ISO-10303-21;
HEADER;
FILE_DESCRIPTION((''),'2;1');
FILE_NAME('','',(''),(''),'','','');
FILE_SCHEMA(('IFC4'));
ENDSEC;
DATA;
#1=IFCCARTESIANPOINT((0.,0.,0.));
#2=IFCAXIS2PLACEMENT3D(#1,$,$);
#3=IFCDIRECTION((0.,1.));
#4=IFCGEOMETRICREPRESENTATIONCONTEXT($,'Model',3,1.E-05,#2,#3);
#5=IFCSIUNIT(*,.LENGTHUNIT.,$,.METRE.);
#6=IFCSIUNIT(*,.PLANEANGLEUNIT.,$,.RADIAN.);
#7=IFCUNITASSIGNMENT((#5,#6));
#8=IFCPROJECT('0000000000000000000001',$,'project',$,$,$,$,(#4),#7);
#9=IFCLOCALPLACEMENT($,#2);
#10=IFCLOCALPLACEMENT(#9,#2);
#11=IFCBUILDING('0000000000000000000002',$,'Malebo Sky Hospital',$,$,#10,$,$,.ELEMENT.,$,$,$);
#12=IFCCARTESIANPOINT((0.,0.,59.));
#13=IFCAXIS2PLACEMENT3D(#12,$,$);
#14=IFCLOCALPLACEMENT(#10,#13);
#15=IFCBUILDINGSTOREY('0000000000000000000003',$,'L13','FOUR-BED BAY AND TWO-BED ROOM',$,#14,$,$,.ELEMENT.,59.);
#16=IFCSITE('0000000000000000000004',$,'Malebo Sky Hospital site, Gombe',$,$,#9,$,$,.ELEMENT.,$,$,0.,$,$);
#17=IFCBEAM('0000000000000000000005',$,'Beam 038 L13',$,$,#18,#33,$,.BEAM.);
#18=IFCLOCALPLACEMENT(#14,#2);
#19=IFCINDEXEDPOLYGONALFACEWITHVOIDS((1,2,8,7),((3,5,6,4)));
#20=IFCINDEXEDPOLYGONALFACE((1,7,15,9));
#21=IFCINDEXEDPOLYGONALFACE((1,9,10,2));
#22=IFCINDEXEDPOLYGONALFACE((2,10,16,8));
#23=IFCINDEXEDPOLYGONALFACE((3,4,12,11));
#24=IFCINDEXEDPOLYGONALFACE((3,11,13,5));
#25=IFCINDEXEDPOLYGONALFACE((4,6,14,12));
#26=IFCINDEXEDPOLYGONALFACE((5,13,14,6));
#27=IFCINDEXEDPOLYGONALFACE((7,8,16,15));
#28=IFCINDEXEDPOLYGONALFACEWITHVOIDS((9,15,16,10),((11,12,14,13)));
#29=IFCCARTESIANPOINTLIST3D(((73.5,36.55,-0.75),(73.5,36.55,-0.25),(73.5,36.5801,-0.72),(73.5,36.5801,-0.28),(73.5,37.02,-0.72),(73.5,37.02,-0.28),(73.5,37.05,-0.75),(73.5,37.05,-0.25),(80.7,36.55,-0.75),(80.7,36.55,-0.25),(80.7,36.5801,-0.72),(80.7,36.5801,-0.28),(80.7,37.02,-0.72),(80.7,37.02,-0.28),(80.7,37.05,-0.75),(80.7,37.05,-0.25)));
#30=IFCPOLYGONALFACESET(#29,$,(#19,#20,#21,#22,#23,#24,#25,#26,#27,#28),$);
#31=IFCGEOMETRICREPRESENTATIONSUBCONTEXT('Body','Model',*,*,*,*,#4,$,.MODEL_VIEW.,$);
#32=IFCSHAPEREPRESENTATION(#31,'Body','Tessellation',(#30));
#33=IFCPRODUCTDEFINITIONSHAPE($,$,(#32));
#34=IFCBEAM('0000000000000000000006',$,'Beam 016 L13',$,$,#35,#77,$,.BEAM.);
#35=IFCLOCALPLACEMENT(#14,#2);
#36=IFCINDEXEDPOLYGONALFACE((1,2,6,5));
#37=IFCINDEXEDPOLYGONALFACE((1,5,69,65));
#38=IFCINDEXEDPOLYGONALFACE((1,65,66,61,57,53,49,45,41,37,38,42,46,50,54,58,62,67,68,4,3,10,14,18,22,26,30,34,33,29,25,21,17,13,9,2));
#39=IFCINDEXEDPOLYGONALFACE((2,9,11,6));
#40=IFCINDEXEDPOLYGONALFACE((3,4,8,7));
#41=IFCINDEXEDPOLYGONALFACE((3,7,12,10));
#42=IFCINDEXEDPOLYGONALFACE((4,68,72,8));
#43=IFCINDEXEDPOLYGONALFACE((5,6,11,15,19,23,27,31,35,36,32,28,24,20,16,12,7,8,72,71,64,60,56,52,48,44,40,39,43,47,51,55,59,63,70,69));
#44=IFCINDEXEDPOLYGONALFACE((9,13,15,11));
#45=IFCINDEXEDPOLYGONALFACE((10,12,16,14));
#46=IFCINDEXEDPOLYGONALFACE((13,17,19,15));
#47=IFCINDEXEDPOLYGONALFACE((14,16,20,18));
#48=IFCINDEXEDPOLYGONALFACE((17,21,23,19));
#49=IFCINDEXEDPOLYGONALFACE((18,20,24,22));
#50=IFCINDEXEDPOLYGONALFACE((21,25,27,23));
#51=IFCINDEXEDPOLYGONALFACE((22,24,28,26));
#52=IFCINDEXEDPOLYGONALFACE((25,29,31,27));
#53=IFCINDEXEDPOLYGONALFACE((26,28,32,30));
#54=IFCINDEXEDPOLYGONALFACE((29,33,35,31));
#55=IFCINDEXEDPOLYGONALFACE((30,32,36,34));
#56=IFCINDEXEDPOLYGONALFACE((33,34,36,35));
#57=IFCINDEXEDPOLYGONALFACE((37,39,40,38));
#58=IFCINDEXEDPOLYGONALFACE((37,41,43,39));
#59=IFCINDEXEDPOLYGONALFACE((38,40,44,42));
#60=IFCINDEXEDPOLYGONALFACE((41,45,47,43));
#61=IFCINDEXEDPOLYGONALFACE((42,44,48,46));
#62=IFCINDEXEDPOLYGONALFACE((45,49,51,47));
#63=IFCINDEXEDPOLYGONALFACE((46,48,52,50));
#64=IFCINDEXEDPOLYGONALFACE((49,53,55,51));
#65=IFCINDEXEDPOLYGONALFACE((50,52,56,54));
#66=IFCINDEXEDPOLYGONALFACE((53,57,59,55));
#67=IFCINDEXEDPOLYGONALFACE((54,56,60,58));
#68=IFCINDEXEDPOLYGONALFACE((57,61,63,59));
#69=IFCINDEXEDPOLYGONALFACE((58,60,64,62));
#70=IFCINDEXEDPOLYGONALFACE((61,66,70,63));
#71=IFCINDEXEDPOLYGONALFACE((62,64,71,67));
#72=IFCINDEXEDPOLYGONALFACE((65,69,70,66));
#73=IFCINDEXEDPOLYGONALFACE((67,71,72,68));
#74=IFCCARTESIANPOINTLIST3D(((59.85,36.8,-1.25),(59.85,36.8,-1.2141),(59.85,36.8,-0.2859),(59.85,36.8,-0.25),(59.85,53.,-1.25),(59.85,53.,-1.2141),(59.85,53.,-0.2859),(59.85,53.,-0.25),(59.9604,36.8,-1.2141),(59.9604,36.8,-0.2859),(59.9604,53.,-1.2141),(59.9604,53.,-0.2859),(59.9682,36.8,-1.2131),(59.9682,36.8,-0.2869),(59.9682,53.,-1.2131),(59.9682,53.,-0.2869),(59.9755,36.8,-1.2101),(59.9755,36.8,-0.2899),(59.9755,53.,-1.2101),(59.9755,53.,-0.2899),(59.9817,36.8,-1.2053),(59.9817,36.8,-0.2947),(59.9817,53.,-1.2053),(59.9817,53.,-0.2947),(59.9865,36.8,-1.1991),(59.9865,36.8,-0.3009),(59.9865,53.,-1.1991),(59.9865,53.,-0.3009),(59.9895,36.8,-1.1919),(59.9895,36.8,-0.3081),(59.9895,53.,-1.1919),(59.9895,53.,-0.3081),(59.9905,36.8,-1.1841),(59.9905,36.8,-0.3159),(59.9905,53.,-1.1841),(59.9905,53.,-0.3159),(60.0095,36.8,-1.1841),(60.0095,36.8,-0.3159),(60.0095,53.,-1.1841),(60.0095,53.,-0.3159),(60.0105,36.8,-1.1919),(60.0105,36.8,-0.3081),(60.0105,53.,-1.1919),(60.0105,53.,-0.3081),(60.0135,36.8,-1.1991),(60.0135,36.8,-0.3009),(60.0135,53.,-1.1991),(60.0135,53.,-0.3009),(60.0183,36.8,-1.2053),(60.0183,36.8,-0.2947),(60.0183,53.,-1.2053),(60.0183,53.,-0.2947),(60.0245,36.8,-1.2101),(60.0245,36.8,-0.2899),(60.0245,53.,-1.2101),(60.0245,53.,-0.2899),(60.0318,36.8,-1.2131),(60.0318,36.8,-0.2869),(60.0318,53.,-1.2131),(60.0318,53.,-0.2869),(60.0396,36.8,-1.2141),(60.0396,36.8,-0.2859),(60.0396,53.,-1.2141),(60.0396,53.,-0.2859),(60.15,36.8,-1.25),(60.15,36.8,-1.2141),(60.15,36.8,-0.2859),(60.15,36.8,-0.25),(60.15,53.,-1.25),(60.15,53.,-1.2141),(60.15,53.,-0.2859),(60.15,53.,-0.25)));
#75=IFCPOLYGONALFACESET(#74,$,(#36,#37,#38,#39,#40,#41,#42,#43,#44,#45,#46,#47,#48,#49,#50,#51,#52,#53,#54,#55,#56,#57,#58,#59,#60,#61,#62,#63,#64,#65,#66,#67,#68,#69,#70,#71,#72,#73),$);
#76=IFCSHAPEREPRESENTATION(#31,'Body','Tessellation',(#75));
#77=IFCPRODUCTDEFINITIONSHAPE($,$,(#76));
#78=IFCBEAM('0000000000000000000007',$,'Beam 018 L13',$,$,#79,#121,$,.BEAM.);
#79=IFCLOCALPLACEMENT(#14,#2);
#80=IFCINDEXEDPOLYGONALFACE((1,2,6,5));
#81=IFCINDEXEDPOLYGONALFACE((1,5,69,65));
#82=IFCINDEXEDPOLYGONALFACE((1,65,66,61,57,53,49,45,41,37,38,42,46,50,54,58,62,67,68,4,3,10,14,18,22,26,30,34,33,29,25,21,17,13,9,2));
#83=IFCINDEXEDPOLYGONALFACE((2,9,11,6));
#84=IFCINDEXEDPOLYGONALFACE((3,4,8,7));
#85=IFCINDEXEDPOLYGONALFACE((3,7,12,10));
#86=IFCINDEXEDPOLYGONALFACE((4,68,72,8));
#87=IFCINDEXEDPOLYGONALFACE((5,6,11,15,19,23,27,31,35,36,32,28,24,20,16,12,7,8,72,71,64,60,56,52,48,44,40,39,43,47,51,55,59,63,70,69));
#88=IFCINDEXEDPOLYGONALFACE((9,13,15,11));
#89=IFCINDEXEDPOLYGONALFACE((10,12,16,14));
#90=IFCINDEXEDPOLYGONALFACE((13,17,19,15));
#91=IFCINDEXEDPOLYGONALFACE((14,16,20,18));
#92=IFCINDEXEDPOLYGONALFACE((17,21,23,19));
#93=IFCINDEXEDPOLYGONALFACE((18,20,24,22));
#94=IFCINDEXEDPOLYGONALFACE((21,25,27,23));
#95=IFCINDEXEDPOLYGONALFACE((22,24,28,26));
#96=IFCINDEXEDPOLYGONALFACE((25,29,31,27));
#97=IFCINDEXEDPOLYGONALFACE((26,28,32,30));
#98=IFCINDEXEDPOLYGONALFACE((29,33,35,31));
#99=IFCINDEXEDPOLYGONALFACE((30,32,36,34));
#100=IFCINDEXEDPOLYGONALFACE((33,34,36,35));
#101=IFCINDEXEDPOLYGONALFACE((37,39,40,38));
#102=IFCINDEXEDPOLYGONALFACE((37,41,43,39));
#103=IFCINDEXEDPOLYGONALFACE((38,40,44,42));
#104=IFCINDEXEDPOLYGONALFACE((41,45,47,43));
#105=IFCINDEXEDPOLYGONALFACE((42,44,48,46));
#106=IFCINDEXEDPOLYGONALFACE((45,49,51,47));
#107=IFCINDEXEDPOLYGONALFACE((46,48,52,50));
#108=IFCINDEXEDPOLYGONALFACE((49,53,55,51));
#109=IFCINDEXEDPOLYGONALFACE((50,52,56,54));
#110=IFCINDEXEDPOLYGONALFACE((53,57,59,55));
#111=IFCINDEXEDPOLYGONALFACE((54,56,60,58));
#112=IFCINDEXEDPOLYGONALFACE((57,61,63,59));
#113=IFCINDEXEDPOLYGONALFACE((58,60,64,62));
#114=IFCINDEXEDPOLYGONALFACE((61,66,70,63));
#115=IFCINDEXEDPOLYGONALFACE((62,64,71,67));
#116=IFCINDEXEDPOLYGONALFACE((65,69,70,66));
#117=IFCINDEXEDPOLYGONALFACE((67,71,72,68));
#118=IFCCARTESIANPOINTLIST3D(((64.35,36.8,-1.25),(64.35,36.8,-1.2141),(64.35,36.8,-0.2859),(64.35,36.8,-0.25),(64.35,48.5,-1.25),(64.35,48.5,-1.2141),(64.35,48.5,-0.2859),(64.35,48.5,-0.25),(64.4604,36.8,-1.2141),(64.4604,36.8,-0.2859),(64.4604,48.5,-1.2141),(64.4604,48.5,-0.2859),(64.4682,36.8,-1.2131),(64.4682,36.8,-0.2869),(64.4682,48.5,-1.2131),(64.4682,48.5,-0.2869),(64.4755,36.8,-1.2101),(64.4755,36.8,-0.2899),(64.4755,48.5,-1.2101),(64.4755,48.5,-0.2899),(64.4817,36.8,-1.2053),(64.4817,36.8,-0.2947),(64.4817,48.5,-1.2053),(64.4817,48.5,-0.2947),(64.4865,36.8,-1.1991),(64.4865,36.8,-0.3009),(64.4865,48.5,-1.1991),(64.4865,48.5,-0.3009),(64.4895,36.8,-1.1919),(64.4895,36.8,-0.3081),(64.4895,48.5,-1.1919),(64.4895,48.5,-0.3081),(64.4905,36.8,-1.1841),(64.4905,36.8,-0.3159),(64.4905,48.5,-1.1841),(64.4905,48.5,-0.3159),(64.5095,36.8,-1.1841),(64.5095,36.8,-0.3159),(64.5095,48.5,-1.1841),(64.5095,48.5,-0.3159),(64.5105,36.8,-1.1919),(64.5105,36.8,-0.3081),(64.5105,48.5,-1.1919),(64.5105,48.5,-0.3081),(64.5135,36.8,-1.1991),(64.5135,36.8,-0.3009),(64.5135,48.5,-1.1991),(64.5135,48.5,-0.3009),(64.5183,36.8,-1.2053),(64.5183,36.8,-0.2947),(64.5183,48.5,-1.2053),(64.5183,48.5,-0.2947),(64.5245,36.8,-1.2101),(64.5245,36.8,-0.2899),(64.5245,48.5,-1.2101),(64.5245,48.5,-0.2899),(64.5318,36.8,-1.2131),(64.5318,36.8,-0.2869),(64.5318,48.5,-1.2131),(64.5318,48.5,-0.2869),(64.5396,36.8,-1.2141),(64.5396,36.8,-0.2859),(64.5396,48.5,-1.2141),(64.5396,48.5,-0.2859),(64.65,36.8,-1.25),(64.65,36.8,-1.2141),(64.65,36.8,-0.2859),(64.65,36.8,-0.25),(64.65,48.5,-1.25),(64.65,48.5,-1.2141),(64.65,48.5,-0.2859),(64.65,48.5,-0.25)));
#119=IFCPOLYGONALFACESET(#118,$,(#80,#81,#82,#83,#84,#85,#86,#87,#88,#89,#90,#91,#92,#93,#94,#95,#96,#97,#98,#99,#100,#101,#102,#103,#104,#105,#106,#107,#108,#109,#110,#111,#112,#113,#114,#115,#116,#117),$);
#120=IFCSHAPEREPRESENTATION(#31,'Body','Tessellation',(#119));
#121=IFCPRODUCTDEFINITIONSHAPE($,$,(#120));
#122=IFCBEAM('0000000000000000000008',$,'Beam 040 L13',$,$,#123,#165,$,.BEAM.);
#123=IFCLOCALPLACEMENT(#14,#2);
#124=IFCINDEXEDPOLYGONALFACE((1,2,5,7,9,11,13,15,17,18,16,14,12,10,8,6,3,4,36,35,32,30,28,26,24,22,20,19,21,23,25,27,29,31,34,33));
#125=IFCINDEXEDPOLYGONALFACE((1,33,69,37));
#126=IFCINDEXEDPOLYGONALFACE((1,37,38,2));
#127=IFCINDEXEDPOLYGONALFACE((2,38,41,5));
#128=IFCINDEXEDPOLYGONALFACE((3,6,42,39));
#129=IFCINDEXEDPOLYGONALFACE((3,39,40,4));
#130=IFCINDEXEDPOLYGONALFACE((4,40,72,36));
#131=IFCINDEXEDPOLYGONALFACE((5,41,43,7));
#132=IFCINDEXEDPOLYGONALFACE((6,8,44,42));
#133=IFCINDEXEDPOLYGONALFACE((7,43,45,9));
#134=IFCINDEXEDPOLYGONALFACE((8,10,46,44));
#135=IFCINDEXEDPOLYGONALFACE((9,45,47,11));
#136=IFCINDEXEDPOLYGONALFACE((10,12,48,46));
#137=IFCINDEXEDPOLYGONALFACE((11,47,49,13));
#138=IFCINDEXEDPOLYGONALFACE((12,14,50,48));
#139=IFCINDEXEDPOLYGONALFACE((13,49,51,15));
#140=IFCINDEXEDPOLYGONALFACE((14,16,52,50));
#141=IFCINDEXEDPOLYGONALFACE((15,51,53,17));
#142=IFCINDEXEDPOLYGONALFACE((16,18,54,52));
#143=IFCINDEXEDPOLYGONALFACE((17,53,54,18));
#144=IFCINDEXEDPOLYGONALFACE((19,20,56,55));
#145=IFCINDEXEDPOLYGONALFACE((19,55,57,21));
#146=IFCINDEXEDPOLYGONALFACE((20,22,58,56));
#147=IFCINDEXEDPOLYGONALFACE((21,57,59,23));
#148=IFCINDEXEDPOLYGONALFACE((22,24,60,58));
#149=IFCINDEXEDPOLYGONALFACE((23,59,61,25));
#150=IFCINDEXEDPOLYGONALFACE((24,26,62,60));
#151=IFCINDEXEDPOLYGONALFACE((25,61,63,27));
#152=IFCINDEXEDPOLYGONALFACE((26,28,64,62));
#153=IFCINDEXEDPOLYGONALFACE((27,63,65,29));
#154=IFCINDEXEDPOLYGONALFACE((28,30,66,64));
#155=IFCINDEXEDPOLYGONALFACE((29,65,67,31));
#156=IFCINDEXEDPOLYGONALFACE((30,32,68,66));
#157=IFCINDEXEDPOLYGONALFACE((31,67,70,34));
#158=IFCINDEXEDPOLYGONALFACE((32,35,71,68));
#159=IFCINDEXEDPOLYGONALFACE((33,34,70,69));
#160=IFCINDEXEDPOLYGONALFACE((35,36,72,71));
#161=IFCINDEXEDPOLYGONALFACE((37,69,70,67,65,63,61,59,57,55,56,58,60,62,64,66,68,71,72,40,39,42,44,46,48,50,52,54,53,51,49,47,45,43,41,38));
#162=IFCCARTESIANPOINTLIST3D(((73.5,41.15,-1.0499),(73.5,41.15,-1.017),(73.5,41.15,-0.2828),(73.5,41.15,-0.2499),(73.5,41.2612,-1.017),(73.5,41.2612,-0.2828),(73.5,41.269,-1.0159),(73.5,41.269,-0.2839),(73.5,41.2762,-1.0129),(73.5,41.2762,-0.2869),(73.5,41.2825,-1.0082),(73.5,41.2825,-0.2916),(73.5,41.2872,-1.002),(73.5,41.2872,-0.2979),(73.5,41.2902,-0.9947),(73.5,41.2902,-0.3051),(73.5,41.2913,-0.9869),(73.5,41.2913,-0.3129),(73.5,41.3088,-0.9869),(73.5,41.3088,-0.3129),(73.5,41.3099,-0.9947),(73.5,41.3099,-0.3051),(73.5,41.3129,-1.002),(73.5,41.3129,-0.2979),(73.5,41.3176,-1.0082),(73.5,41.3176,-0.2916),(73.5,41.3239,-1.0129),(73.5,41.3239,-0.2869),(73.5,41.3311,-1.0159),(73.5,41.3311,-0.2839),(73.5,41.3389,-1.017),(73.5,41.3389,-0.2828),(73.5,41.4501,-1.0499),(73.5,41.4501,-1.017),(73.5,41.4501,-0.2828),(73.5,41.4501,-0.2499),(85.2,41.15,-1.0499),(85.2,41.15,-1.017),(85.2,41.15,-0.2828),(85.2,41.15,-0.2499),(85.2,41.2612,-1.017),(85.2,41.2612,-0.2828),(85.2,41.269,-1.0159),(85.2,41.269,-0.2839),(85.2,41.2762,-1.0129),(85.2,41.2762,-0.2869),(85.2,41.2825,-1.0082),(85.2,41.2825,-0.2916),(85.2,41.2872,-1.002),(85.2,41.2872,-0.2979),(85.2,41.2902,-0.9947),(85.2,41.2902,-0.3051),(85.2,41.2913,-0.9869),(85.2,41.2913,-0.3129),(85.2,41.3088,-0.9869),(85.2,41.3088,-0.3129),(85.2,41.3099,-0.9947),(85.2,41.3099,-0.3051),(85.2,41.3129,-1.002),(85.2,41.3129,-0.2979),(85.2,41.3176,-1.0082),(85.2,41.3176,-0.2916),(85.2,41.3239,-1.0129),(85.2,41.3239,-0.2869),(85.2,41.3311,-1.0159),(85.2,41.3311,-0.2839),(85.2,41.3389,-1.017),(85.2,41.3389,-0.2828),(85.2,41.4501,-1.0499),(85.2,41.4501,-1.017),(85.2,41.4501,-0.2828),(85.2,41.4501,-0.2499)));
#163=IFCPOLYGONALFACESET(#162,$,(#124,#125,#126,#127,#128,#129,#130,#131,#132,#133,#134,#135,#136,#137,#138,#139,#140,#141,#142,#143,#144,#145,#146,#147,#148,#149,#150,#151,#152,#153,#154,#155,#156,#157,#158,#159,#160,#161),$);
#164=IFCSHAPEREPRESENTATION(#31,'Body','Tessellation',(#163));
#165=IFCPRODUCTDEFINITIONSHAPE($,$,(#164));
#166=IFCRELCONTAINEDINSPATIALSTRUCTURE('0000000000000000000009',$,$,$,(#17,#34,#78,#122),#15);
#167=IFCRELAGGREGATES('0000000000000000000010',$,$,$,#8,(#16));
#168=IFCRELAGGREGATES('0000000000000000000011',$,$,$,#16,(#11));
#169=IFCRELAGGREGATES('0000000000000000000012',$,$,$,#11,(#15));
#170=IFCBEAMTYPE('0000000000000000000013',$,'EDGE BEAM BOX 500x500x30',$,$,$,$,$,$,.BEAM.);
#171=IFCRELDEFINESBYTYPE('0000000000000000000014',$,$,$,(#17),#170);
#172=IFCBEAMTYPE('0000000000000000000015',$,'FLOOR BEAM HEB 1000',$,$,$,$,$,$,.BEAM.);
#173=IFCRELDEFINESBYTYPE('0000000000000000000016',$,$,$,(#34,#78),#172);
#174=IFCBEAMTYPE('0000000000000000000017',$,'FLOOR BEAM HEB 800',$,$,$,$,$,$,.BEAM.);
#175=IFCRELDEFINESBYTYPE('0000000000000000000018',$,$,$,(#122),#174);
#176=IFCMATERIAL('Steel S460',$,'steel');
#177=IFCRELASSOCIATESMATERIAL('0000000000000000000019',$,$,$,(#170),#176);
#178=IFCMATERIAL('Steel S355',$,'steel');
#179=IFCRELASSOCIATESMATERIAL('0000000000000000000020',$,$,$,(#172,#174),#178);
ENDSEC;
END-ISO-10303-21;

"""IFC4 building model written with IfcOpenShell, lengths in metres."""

from ifc_helpers import new_model, si_unit, direction, frame, origin, origin_2d, place, context, subcontext, project, spatial, hollow_rectangle, i_section, extrude, material, material_profile, profile_set, type_object, element, save


model = new_model("IFC4")

# Units and contexts
model_context = context("Model", 3, precision=1e-05, world=origin(), true_north=direction((0.0, 1.0)))
body_context = subcontext(model_context, "Body", "Model", "MODEL_VIEW")
ifc_project = project(units=[si_unit("LENGTHUNIT", "METRE"), si_unit("PLANEANGLEUNIT", "RADIAN")], contexts=[model_context])

# Site, building, storey
site_placement = place(None, origin())
site = spatial("IfcSite", under=ifc_project, at=site_placement, Name="Malebo Sky Hospital site, Gombe", CompositionType="ELEMENT", RefElevation=0.0)
building_placement = place(site_placement, origin())
building = spatial("IfcBuilding", under=site, at=building_placement, Name="Malebo Sky Hospital", CompositionType="ELEMENT")
storey_placement = place(building_placement, frame((0.0, 0.0, 59.0)))
storey = spatial("IfcBuildingStorey", under=building, at=storey_placement, Name="L13", Description="FOUR-BED BAY AND TWO-BED ROOM", CompositionType="ELEMENT", Elevation=59.0)

# Shared definitions
ifc_material_1 = material(Name="Steel S460", Category="steel")

# Beams
ifc_material_profile_1 = material_profile(ifc_material_1, hollow_rectangle(XDim=0.5, YDim=0.5, WallThickness=0.03, at=origin_2d()), Name="BOX 500x500x30")
ifc_profile_set_1 = profile_set([ifc_material_profile_1], Name="Steel S460")
beam_type_1 = type_object("IfcBeamType", Name="EDGE BEAM BOX 500x500x30", PredefinedType="BEAM", material=ifc_profile_set_1)
beam_1_placement = place(storey_placement, frame((73.5, 36.8, -0.5), z_axis=(1.0, 0.0, 0.0), x_axis=(0.0, 1.0, 0.0)))
element("IfcBeam", 1, at=beam_1_placement, inside=storey, type_object=beam_type_1, Name="Beam 038 L13", PredefinedType="BEAM", context=body_context, shape_type="SweptSolid", body=[
    extrude(hollow_rectangle(XDim=0.5, YDim=0.5, WallThickness=0.03, at=origin_2d()), origin(), (0.0, 0.0, 1.0), 7.2),
])
ifc_material_2 = material(Name="Steel S355", Category="steel")
ifc_material_profile_2 = material_profile(ifc_material_2, i_section(OverallWidth=0.3, OverallDepth=1.0, WebThickness=0.019, FlangeThickness=0.0359, FilletRadius=0.03, at=origin_2d()), Name="HEB 1000")
ifc_profile_set_2 = profile_set([ifc_material_profile_2], Name="Steel S355")
beam_type_2 = type_object("IfcBeamType", Name="FLOOR BEAM HEB 1000", PredefinedType="BEAM", material=ifc_profile_set_2)
beam_2_placement = place(storey_placement, frame((60.0, 36.8, -0.75), z_axis=(0.0, 1.0, 0.0), x_axis=(-1.0, 0.0, 0.0)))
element("IfcBeam", 2, at=beam_2_placement, inside=storey, type_object=beam_type_2, Name="Beam 016 L13", PredefinedType="BEAM", context=body_context, shape_type="SweptSolid", body=[
    extrude(i_section(OverallWidth=0.3, OverallDepth=1.0, WebThickness=0.019, FlangeThickness=0.0359, FilletRadius=0.03, at=origin_2d()), origin(), (0.0, 0.0, 1.0), 16.2),
])
beam_3_placement = place(storey_placement, frame((64.5, 36.8, -0.75), z_axis=(0.0, 1.0, 0.0), x_axis=(-1.0, 0.0, 0.0)))
element("IfcBeam", 3, at=beam_3_placement, inside=storey, type_object=beam_type_2, Name="Beam 018 L13", PredefinedType="BEAM", context=body_context, shape_type="SweptSolid", body=[
    extrude(i_section(OverallWidth=0.3, OverallDepth=1.0, WebThickness=0.019, FlangeThickness=0.0359, FilletRadius=0.03, at=origin_2d()), origin(), (0.0, 0.0, 1.0), 11.7),
])
ifc_material_profile_3 = material_profile(ifc_material_2, i_section(OverallWidth=0.3, OverallDepth=0.8, WebThickness=0.0176, FlangeThickness=0.033, FilletRadius=0.03, at=origin_2d()), Name="HEB 800")
ifc_profile_set_3 = profile_set([ifc_material_profile_3], Name="Steel S355")
beam_type_3 = type_object("IfcBeamType", Name="FLOOR BEAM HEB 800", PredefinedType="BEAM", material=ifc_profile_set_3)
beam_4_placement = place(storey_placement, frame((73.5, 41.3, -0.6499), z_axis=(1.0, 0.0, 0.0), x_axis=(0.0, 1.0, 0.0)))
element("IfcBeam", 4, at=beam_4_placement, inside=storey, type_object=beam_type_3, Name="Beam 040 L13", PredefinedType="BEAM", context=body_context, shape_type="SweptSolid", body=[
    extrude(i_section(OverallWidth=0.3, OverallDepth=0.8, WebThickness=0.0176, FlangeThickness=0.033, FilletRadius=0.03, at=origin_2d()), origin(), (0.0, 0.0, 1.0), 11.7),
])

save(model, "model.ifc")
